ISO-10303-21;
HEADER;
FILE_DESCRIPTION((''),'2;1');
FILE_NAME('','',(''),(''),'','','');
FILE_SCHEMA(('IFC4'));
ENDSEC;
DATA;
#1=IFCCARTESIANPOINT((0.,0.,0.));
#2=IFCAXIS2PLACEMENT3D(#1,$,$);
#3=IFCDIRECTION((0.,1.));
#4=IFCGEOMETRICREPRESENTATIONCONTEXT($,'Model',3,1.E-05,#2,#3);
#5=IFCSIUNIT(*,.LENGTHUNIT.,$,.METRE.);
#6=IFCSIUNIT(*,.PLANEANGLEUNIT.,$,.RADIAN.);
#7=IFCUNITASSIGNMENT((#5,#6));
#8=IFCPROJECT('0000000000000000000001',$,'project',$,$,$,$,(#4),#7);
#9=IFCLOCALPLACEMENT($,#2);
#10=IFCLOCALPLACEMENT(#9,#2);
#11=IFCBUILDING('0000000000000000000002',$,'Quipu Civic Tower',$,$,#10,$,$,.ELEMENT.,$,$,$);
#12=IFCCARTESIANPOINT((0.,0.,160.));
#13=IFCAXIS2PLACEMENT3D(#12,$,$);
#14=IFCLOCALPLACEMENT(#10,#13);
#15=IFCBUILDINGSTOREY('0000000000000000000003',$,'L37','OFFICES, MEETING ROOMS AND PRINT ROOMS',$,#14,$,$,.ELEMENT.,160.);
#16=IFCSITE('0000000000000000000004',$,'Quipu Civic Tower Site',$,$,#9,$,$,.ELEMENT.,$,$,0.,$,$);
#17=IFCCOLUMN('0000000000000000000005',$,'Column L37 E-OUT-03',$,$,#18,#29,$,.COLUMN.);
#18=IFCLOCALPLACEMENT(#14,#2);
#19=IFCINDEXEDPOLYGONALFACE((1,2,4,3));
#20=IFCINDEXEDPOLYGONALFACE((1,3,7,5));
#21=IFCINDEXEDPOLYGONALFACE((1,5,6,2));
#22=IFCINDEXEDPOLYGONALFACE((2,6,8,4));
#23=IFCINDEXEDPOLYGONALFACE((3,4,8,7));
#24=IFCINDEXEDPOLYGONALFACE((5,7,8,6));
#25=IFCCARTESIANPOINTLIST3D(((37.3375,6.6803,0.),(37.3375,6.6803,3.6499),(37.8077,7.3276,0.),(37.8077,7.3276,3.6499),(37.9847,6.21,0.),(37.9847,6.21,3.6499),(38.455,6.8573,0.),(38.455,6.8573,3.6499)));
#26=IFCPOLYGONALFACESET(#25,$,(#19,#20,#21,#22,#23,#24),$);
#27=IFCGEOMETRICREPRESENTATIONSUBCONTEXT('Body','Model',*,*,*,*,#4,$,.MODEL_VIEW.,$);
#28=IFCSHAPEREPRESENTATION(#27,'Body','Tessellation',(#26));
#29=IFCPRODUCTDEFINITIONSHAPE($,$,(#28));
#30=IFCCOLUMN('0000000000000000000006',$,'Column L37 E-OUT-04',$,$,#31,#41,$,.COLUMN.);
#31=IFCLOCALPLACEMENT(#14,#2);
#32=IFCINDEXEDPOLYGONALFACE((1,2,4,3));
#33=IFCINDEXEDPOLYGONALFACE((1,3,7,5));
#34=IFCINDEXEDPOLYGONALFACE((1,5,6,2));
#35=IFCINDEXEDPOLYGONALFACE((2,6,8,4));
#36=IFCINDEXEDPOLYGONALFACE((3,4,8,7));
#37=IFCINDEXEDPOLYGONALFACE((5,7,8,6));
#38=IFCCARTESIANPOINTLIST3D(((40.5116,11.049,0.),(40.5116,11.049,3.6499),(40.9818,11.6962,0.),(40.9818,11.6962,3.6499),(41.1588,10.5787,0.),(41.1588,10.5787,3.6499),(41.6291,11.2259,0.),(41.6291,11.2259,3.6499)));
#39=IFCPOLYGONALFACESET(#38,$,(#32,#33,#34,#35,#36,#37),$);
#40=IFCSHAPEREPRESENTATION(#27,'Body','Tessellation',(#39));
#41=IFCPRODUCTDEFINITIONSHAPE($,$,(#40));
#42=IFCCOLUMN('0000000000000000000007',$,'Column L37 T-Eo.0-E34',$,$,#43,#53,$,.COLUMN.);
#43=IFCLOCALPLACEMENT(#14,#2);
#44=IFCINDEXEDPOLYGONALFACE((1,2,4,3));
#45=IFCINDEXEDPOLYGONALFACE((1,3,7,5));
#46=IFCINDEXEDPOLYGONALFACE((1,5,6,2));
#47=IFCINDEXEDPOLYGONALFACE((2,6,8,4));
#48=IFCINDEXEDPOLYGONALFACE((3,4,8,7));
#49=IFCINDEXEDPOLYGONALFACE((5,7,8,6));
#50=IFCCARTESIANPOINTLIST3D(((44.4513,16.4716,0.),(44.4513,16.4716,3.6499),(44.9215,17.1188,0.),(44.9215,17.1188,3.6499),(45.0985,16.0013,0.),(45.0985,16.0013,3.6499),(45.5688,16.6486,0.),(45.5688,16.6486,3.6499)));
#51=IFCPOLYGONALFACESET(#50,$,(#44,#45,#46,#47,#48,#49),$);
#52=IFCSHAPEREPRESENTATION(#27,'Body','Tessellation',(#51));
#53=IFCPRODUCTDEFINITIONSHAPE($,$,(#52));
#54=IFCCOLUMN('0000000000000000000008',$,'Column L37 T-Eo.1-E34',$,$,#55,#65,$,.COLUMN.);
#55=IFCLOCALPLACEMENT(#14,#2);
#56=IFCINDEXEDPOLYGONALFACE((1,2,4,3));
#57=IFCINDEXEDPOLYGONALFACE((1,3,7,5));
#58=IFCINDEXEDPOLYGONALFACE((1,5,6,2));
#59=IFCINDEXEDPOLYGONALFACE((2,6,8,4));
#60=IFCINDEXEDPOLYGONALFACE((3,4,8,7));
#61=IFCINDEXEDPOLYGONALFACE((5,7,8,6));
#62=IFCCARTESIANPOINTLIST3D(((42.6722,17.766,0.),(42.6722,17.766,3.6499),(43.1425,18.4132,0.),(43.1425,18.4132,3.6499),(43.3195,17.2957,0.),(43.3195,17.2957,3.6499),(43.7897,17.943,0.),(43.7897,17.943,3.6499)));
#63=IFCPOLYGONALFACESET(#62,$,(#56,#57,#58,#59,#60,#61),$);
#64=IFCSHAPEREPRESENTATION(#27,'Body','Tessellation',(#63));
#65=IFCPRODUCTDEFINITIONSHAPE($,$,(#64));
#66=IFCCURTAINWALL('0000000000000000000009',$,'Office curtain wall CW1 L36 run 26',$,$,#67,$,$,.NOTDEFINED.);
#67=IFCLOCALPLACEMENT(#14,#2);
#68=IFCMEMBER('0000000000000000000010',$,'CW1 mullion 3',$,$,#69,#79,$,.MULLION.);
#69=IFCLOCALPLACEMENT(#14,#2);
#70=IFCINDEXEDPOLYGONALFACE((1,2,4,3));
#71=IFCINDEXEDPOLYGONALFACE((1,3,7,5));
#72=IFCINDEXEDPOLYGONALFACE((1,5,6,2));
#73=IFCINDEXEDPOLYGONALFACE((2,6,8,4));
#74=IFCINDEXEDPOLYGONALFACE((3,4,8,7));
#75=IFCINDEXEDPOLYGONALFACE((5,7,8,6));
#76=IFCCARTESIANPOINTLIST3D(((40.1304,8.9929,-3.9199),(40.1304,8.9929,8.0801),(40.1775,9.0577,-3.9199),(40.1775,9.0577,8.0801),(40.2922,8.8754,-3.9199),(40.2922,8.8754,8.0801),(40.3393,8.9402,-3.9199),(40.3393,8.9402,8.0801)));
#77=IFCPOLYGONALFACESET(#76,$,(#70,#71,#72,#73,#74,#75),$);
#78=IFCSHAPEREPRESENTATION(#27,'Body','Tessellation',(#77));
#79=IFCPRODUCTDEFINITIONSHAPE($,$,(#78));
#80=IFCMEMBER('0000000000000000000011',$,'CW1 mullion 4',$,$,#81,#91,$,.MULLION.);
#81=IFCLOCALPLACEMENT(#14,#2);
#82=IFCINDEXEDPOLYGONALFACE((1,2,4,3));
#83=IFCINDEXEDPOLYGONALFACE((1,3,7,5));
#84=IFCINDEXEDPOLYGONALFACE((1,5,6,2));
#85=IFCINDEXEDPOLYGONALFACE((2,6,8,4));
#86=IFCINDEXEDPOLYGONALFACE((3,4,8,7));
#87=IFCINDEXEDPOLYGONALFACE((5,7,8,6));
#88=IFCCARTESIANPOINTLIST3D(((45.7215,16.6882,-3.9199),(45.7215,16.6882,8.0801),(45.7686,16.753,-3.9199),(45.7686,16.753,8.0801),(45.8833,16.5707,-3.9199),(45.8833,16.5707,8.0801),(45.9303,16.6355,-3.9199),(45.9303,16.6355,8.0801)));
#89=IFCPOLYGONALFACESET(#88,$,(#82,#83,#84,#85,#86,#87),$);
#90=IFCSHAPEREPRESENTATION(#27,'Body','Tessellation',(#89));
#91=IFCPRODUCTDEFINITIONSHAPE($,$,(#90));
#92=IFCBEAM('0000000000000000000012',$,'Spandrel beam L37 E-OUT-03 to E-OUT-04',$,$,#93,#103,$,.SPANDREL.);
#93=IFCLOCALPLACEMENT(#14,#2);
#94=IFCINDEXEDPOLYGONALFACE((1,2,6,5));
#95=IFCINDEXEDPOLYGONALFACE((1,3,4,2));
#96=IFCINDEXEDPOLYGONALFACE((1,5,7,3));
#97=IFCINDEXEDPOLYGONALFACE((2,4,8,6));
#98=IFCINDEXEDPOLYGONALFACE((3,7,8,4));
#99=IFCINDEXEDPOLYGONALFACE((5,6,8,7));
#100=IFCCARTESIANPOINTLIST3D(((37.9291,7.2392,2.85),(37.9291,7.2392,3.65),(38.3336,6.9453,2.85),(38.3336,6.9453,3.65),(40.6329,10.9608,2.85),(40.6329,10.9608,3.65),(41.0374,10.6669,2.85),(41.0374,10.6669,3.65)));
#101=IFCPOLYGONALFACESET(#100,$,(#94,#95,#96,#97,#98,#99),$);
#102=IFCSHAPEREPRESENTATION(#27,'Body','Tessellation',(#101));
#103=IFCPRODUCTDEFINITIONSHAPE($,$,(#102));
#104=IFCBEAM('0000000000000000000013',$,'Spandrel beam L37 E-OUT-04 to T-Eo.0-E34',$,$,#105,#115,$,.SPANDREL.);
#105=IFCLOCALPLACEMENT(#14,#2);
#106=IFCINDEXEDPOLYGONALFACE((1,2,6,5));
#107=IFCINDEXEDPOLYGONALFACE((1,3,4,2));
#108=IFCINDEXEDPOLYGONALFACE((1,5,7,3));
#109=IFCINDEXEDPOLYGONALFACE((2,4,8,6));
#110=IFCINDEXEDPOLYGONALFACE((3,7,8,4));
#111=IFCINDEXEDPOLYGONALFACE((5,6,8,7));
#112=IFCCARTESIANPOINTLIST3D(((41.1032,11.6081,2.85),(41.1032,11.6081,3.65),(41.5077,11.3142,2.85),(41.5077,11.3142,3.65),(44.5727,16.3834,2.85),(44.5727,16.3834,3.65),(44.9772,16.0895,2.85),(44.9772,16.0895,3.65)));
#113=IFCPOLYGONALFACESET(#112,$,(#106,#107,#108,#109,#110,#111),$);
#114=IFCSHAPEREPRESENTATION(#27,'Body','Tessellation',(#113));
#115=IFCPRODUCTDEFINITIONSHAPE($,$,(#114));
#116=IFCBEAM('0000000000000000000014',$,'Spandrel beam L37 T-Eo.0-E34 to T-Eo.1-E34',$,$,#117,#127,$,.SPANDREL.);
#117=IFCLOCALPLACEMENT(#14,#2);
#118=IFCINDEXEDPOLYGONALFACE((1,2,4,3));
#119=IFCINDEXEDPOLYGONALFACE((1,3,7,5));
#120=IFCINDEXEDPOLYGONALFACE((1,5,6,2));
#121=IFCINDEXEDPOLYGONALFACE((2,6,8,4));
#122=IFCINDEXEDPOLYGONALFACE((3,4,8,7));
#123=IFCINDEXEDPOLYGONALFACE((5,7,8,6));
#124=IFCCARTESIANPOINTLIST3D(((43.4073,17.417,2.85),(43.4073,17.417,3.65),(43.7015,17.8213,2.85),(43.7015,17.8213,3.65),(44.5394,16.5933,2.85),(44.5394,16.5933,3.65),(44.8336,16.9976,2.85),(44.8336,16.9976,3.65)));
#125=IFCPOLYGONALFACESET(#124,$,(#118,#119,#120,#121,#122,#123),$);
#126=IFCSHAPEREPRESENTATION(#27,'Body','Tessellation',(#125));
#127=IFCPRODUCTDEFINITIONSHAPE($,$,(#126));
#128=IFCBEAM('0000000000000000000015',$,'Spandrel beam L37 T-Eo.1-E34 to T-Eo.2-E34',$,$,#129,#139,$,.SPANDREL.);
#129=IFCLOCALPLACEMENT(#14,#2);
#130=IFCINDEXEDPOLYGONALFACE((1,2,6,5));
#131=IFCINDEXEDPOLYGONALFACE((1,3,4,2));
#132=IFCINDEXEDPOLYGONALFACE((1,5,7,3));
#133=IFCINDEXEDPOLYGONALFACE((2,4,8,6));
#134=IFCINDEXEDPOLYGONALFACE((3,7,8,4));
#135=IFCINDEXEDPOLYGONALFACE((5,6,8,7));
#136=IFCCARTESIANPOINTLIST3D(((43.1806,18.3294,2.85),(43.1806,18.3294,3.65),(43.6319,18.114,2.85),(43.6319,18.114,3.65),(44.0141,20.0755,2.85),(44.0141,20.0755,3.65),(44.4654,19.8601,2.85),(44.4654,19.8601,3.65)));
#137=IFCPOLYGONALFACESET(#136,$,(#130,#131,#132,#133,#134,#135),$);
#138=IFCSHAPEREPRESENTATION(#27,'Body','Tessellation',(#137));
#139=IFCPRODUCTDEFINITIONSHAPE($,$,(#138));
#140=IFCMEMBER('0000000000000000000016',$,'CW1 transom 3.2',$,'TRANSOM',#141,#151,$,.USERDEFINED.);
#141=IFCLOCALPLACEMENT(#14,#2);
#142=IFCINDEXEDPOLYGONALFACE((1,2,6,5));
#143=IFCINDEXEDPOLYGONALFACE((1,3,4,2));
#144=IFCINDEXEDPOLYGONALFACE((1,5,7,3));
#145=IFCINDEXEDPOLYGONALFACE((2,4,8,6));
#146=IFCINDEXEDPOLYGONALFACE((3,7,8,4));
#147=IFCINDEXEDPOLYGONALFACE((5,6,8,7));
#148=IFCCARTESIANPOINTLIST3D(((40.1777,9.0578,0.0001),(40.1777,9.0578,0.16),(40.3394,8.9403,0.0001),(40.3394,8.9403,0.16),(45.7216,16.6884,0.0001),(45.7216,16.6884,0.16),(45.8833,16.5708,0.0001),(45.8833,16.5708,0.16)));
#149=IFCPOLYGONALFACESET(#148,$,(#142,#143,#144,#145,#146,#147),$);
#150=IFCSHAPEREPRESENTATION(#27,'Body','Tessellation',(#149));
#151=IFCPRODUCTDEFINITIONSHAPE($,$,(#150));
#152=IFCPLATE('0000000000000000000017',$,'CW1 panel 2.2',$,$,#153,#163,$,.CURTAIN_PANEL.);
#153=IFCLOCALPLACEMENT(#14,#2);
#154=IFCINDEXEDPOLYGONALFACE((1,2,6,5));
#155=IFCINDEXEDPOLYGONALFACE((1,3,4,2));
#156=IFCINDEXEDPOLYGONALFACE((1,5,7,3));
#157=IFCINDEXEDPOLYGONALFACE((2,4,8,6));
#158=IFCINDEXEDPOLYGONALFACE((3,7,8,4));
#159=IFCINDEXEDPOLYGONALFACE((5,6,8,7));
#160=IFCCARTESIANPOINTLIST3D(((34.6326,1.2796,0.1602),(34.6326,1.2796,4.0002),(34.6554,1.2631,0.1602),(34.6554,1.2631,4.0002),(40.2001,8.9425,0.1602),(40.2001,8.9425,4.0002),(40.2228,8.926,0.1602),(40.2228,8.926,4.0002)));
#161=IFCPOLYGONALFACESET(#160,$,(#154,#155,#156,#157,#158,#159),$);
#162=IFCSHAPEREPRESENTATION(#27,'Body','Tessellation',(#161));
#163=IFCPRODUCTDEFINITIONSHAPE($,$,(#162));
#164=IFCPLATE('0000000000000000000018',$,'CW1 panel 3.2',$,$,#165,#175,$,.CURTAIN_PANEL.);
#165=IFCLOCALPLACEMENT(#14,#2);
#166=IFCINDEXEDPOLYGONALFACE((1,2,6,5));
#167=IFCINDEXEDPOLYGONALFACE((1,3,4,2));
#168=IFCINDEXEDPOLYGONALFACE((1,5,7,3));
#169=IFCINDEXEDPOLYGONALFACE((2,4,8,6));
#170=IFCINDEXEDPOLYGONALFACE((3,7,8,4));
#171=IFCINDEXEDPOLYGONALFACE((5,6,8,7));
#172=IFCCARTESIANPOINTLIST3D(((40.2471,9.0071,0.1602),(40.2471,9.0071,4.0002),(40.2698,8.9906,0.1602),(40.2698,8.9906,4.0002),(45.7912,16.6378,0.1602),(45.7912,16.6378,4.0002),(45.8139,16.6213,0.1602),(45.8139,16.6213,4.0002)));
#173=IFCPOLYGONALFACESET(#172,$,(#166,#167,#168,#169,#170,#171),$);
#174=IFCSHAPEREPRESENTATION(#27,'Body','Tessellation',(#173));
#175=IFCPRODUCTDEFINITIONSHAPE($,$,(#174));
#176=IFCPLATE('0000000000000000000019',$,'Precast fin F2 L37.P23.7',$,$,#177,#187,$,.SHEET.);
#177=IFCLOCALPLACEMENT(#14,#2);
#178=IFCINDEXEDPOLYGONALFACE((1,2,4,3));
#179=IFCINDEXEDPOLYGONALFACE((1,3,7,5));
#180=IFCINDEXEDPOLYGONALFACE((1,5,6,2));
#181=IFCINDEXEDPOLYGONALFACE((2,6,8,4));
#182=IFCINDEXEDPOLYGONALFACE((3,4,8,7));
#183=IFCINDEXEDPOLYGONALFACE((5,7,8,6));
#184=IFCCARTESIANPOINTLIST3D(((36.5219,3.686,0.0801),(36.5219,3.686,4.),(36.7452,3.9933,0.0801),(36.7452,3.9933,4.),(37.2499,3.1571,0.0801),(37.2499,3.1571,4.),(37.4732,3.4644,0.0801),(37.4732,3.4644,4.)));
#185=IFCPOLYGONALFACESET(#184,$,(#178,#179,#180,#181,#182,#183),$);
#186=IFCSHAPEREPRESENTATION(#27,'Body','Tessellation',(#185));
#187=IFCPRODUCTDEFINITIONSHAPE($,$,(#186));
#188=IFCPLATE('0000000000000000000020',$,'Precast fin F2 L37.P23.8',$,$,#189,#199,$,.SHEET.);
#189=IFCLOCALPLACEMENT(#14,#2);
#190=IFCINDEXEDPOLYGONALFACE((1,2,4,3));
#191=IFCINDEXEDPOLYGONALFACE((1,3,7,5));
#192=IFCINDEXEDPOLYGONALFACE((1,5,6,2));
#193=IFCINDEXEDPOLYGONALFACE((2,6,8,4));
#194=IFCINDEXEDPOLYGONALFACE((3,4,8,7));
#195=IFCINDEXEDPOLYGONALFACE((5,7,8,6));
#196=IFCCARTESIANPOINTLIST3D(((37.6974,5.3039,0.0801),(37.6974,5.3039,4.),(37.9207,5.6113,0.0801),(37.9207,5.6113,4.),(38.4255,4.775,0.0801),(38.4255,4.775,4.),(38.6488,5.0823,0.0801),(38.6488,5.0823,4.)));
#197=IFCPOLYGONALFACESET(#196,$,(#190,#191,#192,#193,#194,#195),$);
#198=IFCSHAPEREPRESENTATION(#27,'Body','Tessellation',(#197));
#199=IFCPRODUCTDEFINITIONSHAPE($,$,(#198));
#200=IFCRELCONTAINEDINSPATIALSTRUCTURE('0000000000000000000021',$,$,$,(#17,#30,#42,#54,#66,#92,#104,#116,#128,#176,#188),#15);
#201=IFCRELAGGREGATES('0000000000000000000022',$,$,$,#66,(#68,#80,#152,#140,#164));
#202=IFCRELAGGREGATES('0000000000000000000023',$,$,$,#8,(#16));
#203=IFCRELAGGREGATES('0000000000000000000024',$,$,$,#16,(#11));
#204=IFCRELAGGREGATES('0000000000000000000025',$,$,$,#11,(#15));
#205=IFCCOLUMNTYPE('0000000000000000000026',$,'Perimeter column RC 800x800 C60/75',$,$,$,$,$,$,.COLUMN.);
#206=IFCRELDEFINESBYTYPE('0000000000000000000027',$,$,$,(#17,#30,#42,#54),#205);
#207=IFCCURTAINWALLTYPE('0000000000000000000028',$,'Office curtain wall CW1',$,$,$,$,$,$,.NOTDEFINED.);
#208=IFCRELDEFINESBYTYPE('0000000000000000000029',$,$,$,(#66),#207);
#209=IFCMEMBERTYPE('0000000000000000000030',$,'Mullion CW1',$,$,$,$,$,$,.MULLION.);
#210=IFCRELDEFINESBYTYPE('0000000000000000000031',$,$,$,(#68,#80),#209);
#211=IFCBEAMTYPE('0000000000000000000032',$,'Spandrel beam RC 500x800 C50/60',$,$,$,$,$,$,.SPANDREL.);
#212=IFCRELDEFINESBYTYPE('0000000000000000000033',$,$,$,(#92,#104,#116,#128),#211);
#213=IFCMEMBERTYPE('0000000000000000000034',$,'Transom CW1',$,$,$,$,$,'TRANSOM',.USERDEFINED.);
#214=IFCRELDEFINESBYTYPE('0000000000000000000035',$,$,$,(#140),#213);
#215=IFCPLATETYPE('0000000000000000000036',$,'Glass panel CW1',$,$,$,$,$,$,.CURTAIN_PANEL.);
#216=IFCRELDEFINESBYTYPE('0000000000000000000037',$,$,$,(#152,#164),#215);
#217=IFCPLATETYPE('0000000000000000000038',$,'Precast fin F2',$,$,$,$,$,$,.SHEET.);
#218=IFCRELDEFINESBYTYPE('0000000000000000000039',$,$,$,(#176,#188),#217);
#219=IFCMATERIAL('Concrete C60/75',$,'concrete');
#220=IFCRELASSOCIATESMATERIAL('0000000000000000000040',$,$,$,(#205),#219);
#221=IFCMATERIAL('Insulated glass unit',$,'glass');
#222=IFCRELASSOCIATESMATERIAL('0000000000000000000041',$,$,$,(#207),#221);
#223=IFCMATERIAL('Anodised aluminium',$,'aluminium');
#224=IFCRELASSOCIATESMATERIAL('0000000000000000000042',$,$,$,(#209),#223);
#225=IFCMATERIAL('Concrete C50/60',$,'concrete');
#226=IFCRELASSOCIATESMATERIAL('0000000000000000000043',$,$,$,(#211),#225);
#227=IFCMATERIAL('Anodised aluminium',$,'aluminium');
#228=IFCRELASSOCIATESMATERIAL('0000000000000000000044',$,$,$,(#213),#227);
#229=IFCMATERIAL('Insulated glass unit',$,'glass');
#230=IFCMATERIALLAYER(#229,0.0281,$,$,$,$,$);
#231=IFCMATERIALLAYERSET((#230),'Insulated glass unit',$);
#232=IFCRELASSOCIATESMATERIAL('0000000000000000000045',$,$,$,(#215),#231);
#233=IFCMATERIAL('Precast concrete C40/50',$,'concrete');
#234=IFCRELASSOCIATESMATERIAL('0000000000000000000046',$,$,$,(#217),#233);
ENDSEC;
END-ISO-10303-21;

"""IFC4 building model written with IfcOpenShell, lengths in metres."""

from ifc_helpers import new_model, si_unit, direction, frame, origin, origin_2d, place, context, subcontext, project, spatial, rectangle, extrude, material, layer, layer_set, material_profile, profile_set, type_object, element, aggregate, save


model = new_model("IFC4")

# Units and contexts
model_context = context("Model", 3, precision=1e-05, world=origin(), true_north=direction((0.0, 1.0)))
body_context = subcontext(model_context, "Body", "Model", "MODEL_VIEW")
ifc_project = project(units=[si_unit("LENGTHUNIT", "METRE"), si_unit("PLANEANGLEUNIT", "RADIAN")], contexts=[model_context])

# Site, building, storey
site_placement = place(None, origin())
site = spatial("IfcSite", under=ifc_project, at=site_placement, Name="Quipu Civic Tower Site", CompositionType="ELEMENT", RefElevation=0.0)
building_placement = place(site_placement, origin())
building = spatial("IfcBuilding", under=site, at=building_placement, Name="Quipu Civic Tower", CompositionType="ELEMENT")
storey_placement = place(building_placement, frame((0.0, 0.0, 160.0)))
storey = spatial("IfcBuildingStorey", under=building, at=storey_placement, Name="L37", Description="OFFICES, MEETING ROOMS AND PRINT ROOMS", CompositionType="ELEMENT", Elevation=160.0)

# Columns
ifc_material_1 = material(Name="Concrete C60/75", Category="concrete")
ifc_material_profile_1 = material_profile(ifc_material_1, rectangle(XDim=0.8, YDim=0.8, at=origin_2d()), Name="RC800x800")
ifc_profile_set_1 = profile_set([ifc_material_profile_1], Name="Concrete C60/75")
column_type = type_object("IfcColumnType", Name="Perimeter column RC 800x800 C60/75", PredefinedType="COLUMN", material=ifc_profile_set_1)
for number, where, z_axis, x_axis, name in (
    (1, (37.8962, 6.7688, 0.0), (0.0, 0.0, 1.0), (0.587785, 0.809017, 0.0), "Column L37 E-OUT-03"),
    (2, (41.0703, 11.1375, 0.0), (0.0, 0.0, 1.0), (0.587785, 0.809017, 0.0), "Column L37 E-OUT-04"),
    (3, (45.01, 16.5601, 0.0), (0.0, 0.0, 1.0), (0.587785, 0.809017, 0.0), "Column L37 T-Eo.0-E34"),
    (4, (43.231, 17.8545, 0.0), (0.0, 0.0, 1.0), (0.587785, 0.809017, 0.0), "Column L37 T-Eo.1-E34"),
):
    element("IfcColumn", number, at=place(storey_placement, frame(where, z_axis=z_axis, x_axis=x_axis)), inside=storey, type_object=column_type, Name=name, PredefinedType="COLUMN", context=body_context, shape_type="SweptSolid", body=[
        extrude(rectangle(XDim=0.8, YDim=0.8, at=origin_2d()), origin(), (0.0, 0.0, 1.0), 3.6499),
    ])

# Curtain wall, members
ifc_material_2 = material(Name="Insulated glass unit", Category="glass")
curtain_wall_type = type_object("IfcCurtainWallType", Name="Office curtain wall CW1", PredefinedType="NOTDEFINED", material=ifc_material_2)
curtain_wall_placement = place(storey_placement, origin())
curtain_wall = element("IfcCurtainWall", 5, at=curtain_wall_placement, inside=storey, type_object=curtain_wall_type, Name="Office curtain wall CW1 L36 run 26", PredefinedType="NOTDEFINED")
ifc_material_3 = material(Name="Anodised aluminium", Category="aluminium")
ifc_material_profile_2 = material_profile(ifc_material_3, rectangle(XDim=0.2, YDim=0.0801, at=origin_2d()), Name="RECT 200x80")
ifc_profile_set_2 = profile_set([ifc_material_profile_2], Name="Anodised aluminium")
member_type_1 = type_object("IfcMemberType", Name="Mullion CW1", PredefinedType="MULLION", material=ifc_profile_set_2)
member_1_placement = place(storey_placement, frame((40.2349, 8.9666, -3.9199), z_axis=(0.0, 0.0, 1.0), x_axis=(-0.809017, 0.587786, 0.0)))
member_1 = element("IfcMember", 6, at=member_1_placement, type_object=member_type_1, Name="CW1 mullion 3", PredefinedType="MULLION", context=body_context, shape_type="SweptSolid", body=[
    extrude(rectangle(XDim=0.2, YDim=0.0801, at=origin_2d()), origin(), (0.0, 0.0, 1.0), 12.0),
])
member_2_placement = place(storey_placement, frame((45.8259, 16.6619, -3.9199), z_axis=(0.0, 0.0, 1.0), x_axis=(-0.809017, 0.587786, 0.0)))
member_2 = element("IfcMember", 7, at=member_2_placement, type_object=member_type_1, Name="CW1 mullion 4", PredefinedType="MULLION", context=body_context, shape_type="SweptSolid", body=[
    extrude(rectangle(XDim=0.2, YDim=0.0801, at=origin_2d()), origin(), (0.0, 0.0, 1.0), 12.0),
])

# Beams
ifc_material_4 = material(Name="Concrete C50/60", Category="concrete")
ifc_material_profile_3 = material_profile(ifc_material_4, rectangle(XDim=0.5, YDim=0.8, at=origin_2d()), Name="RC500x800")
ifc_profile_set_3 = profile_set([ifc_material_profile_3], Name="Concrete C50/60")
beam_type = type_object("IfcBeamType", Name="Spandrel beam RC 500x800 C50/60", PredefinedType="SPANDREL", material=ifc_profile_set_3)
beam_1_placement = place(storey_placement, frame((38.1313, 7.0923, 3.25), z_axis=(0.587771, 0.809027, 0.0), x_axis=(-0.809027, 0.587771, 0.0)))
element("IfcBeam", 8, at=beam_1_placement, inside=storey, type_object=beam_type, Name="Spandrel beam L37 E-OUT-03 to E-OUT-04", PredefinedType="SPANDREL", context=body_context, shape_type="SweptSolid", body=[
    extrude(rectangle(XDim=0.5, YDim=0.8, at=origin_2d()), origin(), (0.0, 0.0, 1.0), 4.6001),
])
beam_2_placement = place(storey_placement, frame((41.3054, 11.4612, 3.25), z_axis=(0.5878, 0.809006, 0.0), x_axis=(-0.809006, 0.5878, 0.0)))
element("IfcBeam", 9, at=beam_2_placement, inside=storey, type_object=beam_type, Name="Spandrel beam L37 E-OUT-04 to T-Eo.0-E34", PredefinedType="SPANDREL", context=body_context, shape_type="SweptSolid", body=[
    extrude(rectangle(XDim=0.5, YDim=0.8, at=origin_2d()), origin(), (0.0, 0.0, 1.0), 5.9026),
])
beam_3_placement = place(storey_placement, frame((44.6865, 16.7954, 3.25), z_axis=(-0.8086, 0.588358, 0.0), x_axis=(-0.588358, -0.8086, 0.0)))
element("IfcBeam", 10, at=beam_3_placement, inside=storey, type_object=beam_type, Name="Spandrel beam L37 T-Eo.0-E34 to T-Eo.1-E34", PredefinedType="SPANDREL", context=body_context, shape_type="SweptSolid", body=[
    extrude(rectangle(XDim=0.5, YDim=0.8, at=origin_2d()), origin(), (0.0, 0.0, 1.0), 1.4001),
])
beam_4_placement = place(storey_placement, frame((43.4062, 18.2217, 3.25), z_axis=(0.430786, 0.902454, 0.0), x_axis=(-0.902454, 0.430786, 0.0)))
element("IfcBeam", 11, at=beam_4_placement, inside=storey, type_object=beam_type, Name="Spandrel beam L37 T-Eo.1-E34 to T-Eo.2-E34", PredefinedType="SPANDREL", context=body_context, shape_type="SweptSolid", body=[
    extrude(rectangle(XDim=0.5, YDim=0.8, at=origin_2d()), origin(), (0.0, 0.0, 1.0), 1.9348),
])

# Member
ifc_material_5 = material(Name="Anodised aluminium", Category="aluminium")
ifc_material_profile_4 = material_profile(ifc_material_5, rectangle(XDim=0.2, YDim=0.1599, at=origin_2d()), Name="RECT 200x160")
ifc_profile_set_4 = profile_set([ifc_material_profile_4], Name="Anodised aluminium")
member_type_2 = type_object("IfcMemberType", Name="Transom CW1", ElementType="TRANSOM", PredefinedType="USERDEFINED", material=ifc_profile_set_4)
member_3_placement = place(storey_placement, frame((40.2585, 8.999, 0.0801), z_axis=(0.587784, 0.809018, 0.0), x_axis=(-0.809018, 0.587784, 0.0)))
member_3 = element("IfcMember", 12, at=member_3_placement, type_object=member_type_2, Name="CW1 transom 3.2", ObjectType="TRANSOM", PredefinedType="USERDEFINED", context=body_context, shape_type="SweptSolid", body=[
    extrude(rectangle(XDim=0.2, YDim=0.1599, at=origin_2d()), origin(), (0.0, 0.0, 1.0), 9.4319),
])

# Plates
ifc_material_6 = material(Name="Insulated glass unit", Category="glass")
ifc_layer_1 = layer(ifc_material_6, 0.0281)
ifc_layer_set_1 = layer_set([ifc_layer_1], Name="Insulated glass unit")
plate_type_1 = type_object("IfcPlateType", Name="Glass panel CW1", PredefinedType="CURTAIN_PANEL", material=ifc_layer_set_1)
plate_1_placement = place(storey_placement, frame((37.4277, 5.1028, 0.1602), z_axis=(0.0, 0.0, 1.0), x_axis=(0.587786, 0.809017, 0.0)))
plate_1 = element("IfcPlate", 13, at=plate_1_placement, type_object=plate_type_1, Name="CW1 panel 2.2", PredefinedType="CURTAIN_PANEL", context=body_context, shape_type="SweptSolid", body=[
    extrude(rectangle(XDim=9.4719, YDim=0.0281, at=origin_2d()), origin(), (0.0, 0.0, 1.0), 3.8401),
])
plate_2_placement = place(storey_placement, frame((43.0305, 12.8142, 0.1602), z_axis=(0.0, 0.0, 1.0), x_axis=(0.587786, 0.809017, 0.0)))
plate_2 = element("IfcPlate", 14, at=plate_2_placement, type_object=plate_type_1, Name="CW1 panel 3.2", PredefinedType="CURTAIN_PANEL", context=body_context, shape_type="SweptSolid", body=[
    extrude(rectangle(XDim=9.4321, YDim=0.0281, at=origin_2d()), origin(), (0.0, 0.0, 1.0), 3.8401),
])
aggregate(curtain_wall, [member_1, member_2, plate_1, member_3, plate_2])

# Plates
ifc_material_7 = material(Name="Precast concrete C40/50", Category="concrete")
plate_type_2 = type_object("IfcPlateType", Name="Precast fin F2", PredefinedType="SHEET", material=ifc_material_7)
for number, where, z_axis, x_axis, name in (
    (15, (36.9976, 3.5752, 0.0801), (0.0, 0.0, 1.0), (0.587786, 0.809017, 0.0), "Precast fin F2 L37.P23.7"),
    (16, (38.1731, 5.1931, 0.0801), (0.0, 0.0, 1.0), (0.587786, 0.809017, 0.0), "Precast fin F2 L37.P23.8"),
):
    element("IfcPlate", number, at=place(storey_placement, frame(where, z_axis=z_axis, x_axis=x_axis)), inside=storey, type_object=plate_type_2, Name=name, PredefinedType="SHEET", context=body_context, shape_type="SweptSolid", body=[
        extrude(rectangle(XDim=0.3799, YDim=0.8999, at=origin_2d()), origin(), (0.0, 0.0, 1.0), 3.9199),
    ])

save(model, "model.ifc")
